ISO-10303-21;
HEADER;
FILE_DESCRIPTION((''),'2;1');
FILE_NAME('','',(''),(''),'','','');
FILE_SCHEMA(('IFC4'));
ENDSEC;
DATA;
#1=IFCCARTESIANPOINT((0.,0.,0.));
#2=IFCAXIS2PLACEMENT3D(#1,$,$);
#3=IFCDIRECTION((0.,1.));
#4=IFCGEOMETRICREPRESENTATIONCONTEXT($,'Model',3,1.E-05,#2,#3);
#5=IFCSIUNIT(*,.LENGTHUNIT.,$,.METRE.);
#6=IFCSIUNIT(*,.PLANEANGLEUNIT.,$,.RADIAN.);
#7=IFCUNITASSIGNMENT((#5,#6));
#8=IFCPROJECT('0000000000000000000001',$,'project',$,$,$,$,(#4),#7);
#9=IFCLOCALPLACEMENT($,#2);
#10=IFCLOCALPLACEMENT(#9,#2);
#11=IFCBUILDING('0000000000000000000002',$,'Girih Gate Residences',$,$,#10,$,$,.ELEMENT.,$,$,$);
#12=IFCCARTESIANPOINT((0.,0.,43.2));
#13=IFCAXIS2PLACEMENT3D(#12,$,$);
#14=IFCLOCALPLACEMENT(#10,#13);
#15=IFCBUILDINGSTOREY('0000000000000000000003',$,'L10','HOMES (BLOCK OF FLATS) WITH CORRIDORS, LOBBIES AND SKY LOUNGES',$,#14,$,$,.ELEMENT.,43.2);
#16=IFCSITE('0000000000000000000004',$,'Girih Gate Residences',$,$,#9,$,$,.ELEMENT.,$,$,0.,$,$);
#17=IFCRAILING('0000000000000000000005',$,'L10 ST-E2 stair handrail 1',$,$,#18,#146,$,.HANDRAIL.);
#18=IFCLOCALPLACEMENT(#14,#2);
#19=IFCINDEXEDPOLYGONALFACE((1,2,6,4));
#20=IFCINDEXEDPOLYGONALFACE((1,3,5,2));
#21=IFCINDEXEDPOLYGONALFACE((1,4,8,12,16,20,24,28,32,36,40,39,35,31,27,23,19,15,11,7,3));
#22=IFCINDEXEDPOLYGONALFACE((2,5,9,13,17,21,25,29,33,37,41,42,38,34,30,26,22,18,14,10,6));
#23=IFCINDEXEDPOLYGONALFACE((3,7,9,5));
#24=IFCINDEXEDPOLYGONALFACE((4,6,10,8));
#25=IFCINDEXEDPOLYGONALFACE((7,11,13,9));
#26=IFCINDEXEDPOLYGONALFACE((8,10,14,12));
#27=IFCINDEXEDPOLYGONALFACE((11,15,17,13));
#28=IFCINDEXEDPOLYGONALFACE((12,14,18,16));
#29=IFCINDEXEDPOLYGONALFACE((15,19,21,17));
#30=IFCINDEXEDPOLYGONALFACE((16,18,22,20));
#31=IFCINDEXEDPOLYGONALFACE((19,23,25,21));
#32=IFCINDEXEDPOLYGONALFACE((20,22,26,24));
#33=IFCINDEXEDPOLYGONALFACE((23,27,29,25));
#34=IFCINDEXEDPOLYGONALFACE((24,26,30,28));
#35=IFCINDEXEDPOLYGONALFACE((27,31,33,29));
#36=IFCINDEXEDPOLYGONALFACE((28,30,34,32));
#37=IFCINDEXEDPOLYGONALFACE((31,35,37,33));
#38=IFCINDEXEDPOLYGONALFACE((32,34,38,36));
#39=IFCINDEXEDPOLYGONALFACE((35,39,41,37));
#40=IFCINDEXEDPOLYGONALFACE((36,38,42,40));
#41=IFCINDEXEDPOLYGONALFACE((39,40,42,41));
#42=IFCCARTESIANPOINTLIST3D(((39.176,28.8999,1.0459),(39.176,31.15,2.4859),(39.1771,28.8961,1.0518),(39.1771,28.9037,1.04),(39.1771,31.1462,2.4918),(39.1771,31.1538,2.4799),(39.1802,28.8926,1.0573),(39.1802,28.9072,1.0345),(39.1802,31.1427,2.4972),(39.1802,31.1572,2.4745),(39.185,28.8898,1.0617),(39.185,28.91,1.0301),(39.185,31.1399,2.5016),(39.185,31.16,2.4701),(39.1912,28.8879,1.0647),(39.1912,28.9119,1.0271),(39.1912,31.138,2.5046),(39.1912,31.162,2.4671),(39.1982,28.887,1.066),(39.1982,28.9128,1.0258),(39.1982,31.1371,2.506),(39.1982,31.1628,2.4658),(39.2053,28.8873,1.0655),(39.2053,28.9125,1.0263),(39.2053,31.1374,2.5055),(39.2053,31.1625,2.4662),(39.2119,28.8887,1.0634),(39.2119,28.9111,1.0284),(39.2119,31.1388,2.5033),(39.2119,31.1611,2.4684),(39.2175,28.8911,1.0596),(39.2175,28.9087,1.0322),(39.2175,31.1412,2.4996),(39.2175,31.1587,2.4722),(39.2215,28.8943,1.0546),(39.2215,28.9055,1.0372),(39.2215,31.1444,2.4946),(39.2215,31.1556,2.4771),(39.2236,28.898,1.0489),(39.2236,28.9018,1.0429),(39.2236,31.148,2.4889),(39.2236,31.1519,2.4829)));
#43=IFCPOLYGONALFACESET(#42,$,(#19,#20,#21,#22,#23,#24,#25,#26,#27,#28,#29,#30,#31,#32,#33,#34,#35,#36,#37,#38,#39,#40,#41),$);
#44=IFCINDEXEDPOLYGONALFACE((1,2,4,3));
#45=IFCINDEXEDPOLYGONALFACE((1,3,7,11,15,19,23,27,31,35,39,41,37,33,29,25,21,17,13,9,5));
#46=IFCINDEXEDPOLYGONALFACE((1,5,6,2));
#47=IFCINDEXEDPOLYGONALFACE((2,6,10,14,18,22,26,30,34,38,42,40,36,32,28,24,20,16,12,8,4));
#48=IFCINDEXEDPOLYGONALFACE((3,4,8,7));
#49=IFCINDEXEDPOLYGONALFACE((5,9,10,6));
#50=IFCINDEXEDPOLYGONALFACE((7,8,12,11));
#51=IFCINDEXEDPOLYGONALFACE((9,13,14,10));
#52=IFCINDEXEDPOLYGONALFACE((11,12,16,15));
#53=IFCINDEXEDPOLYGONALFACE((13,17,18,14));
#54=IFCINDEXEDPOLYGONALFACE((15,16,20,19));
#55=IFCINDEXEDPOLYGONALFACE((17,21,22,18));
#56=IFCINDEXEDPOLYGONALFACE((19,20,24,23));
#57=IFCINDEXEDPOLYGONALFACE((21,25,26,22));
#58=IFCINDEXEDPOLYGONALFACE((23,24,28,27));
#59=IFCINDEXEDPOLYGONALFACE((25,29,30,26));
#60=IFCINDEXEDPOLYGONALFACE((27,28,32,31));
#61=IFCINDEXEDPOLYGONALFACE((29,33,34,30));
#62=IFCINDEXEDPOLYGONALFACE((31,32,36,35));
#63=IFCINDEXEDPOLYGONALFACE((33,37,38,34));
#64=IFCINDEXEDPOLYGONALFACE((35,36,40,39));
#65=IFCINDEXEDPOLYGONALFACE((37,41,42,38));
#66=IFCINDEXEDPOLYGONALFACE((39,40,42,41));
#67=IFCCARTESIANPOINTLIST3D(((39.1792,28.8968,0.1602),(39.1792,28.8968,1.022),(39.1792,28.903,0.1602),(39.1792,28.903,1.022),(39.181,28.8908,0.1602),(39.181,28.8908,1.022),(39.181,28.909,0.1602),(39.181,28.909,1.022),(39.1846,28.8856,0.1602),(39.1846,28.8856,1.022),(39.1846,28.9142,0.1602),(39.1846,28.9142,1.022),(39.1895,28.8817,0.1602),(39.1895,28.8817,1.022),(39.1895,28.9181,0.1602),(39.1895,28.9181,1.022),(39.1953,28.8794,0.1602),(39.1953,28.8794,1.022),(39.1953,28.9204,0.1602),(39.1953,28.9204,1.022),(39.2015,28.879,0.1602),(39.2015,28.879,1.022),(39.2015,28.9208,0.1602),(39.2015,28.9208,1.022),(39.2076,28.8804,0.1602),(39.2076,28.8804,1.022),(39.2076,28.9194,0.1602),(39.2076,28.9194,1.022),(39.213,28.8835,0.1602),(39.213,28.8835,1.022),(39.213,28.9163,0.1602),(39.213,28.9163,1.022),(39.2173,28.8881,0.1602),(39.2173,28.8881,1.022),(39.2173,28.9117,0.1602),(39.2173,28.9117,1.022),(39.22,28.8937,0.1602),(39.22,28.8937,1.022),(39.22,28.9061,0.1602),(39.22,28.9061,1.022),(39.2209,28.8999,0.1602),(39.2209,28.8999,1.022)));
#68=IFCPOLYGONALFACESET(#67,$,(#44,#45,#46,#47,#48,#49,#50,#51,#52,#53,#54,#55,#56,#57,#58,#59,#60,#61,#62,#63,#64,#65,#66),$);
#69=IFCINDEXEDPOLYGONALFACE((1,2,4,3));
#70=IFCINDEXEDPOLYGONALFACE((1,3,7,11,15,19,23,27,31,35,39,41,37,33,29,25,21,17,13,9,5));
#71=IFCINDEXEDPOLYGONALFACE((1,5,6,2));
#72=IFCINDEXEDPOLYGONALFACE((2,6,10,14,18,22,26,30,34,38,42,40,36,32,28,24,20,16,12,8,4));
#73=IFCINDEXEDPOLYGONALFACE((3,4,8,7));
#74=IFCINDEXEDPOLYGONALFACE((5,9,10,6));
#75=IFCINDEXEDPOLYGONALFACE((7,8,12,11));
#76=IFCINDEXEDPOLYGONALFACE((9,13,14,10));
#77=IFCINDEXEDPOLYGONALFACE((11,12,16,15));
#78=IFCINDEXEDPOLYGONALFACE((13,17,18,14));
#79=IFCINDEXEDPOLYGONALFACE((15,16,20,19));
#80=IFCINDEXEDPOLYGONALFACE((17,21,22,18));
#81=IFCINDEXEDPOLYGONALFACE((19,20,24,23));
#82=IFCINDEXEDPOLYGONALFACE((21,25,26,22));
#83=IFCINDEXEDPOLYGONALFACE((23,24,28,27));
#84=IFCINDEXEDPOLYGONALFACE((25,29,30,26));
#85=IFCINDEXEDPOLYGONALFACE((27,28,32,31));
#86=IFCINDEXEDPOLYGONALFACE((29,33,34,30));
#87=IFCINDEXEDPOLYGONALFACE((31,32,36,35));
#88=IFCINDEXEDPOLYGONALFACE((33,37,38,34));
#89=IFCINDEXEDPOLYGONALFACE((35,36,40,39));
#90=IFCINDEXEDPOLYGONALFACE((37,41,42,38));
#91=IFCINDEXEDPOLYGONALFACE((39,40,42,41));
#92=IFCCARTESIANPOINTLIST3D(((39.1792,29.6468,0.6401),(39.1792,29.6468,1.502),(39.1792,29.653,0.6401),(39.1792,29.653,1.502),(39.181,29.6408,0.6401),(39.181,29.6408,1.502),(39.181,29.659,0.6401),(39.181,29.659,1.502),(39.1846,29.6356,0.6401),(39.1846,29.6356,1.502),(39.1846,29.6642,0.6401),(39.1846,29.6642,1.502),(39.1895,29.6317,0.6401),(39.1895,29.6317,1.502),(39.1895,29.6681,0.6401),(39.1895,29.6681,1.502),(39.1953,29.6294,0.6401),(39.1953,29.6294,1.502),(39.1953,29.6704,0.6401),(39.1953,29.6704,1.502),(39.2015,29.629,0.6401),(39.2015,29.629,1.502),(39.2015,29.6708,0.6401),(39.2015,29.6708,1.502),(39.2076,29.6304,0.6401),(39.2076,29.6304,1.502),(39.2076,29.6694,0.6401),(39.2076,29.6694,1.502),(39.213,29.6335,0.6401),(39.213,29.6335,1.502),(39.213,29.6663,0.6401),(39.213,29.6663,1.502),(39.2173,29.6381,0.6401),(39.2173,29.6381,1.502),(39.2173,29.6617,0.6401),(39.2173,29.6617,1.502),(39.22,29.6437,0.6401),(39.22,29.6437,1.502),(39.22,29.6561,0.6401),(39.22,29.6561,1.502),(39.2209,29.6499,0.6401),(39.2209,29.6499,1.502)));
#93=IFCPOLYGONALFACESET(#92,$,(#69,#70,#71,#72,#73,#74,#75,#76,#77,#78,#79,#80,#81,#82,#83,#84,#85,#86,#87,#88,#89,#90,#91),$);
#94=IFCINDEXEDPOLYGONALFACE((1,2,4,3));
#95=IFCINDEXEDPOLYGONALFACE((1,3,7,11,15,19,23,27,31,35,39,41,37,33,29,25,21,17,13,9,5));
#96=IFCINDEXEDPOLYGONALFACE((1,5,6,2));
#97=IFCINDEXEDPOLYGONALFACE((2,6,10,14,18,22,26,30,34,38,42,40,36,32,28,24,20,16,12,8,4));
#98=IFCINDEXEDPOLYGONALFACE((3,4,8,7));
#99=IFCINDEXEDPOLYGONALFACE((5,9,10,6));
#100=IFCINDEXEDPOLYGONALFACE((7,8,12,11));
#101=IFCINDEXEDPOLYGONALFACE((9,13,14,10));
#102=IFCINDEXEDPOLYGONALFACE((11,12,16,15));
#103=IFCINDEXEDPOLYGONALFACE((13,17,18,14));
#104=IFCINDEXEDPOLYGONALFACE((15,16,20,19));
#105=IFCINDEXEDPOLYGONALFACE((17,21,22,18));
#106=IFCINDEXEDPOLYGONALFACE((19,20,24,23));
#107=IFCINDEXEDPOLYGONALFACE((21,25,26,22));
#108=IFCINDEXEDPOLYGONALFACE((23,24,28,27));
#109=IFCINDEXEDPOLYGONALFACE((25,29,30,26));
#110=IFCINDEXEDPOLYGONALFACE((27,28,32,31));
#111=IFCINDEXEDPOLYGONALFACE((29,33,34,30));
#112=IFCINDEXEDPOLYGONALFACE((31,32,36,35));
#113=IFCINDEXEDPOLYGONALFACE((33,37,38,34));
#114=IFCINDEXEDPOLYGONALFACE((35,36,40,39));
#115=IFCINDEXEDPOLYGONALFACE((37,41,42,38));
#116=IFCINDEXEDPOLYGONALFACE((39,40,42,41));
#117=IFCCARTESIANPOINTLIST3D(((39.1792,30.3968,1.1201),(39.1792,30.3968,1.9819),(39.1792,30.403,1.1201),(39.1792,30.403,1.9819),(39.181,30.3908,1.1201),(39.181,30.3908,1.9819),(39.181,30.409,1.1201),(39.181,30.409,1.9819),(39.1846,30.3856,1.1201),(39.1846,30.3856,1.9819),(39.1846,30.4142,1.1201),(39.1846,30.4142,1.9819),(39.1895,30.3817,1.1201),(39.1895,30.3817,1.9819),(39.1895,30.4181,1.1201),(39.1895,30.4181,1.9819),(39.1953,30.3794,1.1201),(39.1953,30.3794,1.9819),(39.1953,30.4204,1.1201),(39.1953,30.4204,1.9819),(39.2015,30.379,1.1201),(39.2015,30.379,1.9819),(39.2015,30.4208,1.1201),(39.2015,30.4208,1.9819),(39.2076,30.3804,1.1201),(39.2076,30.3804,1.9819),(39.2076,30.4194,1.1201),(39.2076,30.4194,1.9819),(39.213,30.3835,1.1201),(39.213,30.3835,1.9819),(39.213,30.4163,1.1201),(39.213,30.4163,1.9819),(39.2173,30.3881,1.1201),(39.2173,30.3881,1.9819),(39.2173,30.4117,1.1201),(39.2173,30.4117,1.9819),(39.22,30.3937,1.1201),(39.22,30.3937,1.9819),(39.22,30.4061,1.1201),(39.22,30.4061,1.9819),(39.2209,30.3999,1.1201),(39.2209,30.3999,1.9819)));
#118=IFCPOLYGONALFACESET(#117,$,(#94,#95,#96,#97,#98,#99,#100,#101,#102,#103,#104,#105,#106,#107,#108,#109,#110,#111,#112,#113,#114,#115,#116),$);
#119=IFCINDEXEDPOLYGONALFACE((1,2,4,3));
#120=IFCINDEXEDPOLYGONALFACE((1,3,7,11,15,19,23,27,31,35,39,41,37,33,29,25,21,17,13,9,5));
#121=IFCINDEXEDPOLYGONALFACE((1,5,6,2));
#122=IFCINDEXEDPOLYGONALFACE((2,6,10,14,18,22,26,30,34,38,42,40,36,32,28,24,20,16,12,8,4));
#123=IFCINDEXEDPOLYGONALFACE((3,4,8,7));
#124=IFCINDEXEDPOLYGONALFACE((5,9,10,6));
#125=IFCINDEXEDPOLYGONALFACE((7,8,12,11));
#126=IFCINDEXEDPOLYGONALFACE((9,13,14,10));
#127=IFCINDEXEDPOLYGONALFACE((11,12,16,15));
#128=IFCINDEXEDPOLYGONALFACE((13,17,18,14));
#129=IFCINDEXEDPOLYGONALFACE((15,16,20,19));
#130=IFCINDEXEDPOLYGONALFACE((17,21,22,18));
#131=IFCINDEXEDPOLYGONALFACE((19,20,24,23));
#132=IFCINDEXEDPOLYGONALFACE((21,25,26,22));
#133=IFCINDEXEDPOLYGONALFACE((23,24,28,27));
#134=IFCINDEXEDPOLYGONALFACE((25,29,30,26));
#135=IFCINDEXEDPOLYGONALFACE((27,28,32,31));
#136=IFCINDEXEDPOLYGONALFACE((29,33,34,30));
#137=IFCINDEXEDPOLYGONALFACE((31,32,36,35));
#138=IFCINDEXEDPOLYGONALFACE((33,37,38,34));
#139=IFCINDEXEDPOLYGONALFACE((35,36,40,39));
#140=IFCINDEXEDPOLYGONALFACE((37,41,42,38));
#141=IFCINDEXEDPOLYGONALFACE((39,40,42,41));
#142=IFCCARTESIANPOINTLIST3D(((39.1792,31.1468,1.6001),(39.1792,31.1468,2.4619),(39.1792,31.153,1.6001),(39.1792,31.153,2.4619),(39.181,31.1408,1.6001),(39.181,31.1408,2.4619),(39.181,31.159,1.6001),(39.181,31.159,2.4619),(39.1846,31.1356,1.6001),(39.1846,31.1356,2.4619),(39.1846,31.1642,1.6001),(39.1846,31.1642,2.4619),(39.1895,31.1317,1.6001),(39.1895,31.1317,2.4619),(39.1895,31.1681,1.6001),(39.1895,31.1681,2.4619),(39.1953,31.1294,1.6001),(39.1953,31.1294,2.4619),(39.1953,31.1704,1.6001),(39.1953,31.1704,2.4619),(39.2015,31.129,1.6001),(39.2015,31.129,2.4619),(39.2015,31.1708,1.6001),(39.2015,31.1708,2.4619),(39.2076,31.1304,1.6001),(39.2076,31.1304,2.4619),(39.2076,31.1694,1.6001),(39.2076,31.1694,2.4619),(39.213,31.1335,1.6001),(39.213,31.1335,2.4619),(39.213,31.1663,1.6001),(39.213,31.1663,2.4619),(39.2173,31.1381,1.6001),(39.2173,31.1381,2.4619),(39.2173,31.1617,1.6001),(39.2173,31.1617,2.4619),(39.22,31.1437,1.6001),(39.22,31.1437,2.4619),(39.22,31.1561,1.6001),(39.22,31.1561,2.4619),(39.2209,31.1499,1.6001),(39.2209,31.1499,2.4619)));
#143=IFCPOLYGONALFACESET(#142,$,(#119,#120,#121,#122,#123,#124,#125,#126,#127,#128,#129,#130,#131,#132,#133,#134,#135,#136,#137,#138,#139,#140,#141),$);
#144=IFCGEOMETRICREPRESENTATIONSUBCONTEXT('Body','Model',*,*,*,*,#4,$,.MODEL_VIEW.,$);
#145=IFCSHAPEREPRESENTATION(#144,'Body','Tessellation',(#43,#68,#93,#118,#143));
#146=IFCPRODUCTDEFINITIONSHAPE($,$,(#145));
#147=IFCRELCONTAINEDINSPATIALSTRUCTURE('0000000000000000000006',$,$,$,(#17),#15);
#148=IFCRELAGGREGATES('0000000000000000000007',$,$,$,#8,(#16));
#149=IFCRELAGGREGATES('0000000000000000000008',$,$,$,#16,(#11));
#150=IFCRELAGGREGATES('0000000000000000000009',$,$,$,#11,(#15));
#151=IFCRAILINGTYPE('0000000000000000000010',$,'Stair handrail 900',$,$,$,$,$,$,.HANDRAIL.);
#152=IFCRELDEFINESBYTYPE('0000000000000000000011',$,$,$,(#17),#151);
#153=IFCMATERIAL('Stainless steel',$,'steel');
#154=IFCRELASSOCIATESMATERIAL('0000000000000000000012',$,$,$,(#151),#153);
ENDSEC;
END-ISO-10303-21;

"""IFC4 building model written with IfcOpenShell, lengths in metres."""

from ifc_helpers import new_model, si_unit, direction, frame, origin, origin_2d, place, context, subcontext, project, spatial, circle, extrude, material, type_object, element, save


model = new_model("IFC4")

# Units and contexts
model_context = context("Model", 3, precision=1e-05, world=origin(), true_north=direction((0.0, 1.0)))
body_context = subcontext(model_context, "Body", "Model", "MODEL_VIEW")
ifc_project = project(units=[si_unit("LENGTHUNIT", "METRE"), si_unit("PLANEANGLEUNIT", "RADIAN")], contexts=[model_context])

# Site, building, storey
site_placement = place(None, origin())
site = spatial("IfcSite", under=ifc_project, at=site_placement, Name="Girih Gate Residences", CompositionType="ELEMENT", RefElevation=0.0)
building_placement = place(site_placement, origin())
building = spatial("IfcBuilding", under=site, at=building_placement, Name="Girih Gate Residences", CompositionType="ELEMENT")
storey_placement = place(building_placement, frame((0.0, 0.0, 43.2)))
storey = spatial("IfcBuildingStorey", under=building, at=storey_placement, Name="L10", Description="HOMES (BLOCK OF FLATS) WITH CORRIDORS, LOBBIES AND SKY LOUNGES", CompositionType="ELEMENT", Elevation=43.2)

# Railing
ifc_material_1 = material(Name="Stainless steel", Category="steel")
railing_type_1 = type_object("IfcRailingType", Name="Stair handrail 900", PredefinedType="HANDRAIL", material=ifc_material_1)
railing_1_placement = place(storey_placement, frame((39.2, 28.8999, 0.1602)))
element("IfcRailing", 1, at=railing_1_placement, inside=storey, type_object=railing_type_1, Name="L10 ST-E2 stair handrail 1", PredefinedType="HANDRAIL", context=body_context, shape_type="SweptSolid", body=[
    extrude(circle(Radius=0.0239, at=origin_2d()), frame((0.0, 0.0, 0.8857), z_axis=(0.0, 0.842281, 0.539038), x_axis=(-1.0, 0.0, 0.0)), (0.0, 0.0, 1.0), 2.6714),
    extrude(circle(Radius=0.021, at=origin_2d()), origin(), (0.0, 0.0, 1.0), 0.8618),
    extrude(circle(Radius=0.021, at=origin_2d()), frame((0.0, 0.75, 0.48)), (0.0, 0.0, 1.0), 0.8618),
    extrude(circle(Radius=0.021, at=origin_2d()), frame((0.0, 1.5, 0.96)), (0.0, 0.0, 1.0), 0.8618),
    extrude(circle(Radius=0.021, at=origin_2d()), frame((0.0, 2.25, 1.4399)), (0.0, 0.0, 1.0), 0.8618),
])

save(model, "model.ifc")
